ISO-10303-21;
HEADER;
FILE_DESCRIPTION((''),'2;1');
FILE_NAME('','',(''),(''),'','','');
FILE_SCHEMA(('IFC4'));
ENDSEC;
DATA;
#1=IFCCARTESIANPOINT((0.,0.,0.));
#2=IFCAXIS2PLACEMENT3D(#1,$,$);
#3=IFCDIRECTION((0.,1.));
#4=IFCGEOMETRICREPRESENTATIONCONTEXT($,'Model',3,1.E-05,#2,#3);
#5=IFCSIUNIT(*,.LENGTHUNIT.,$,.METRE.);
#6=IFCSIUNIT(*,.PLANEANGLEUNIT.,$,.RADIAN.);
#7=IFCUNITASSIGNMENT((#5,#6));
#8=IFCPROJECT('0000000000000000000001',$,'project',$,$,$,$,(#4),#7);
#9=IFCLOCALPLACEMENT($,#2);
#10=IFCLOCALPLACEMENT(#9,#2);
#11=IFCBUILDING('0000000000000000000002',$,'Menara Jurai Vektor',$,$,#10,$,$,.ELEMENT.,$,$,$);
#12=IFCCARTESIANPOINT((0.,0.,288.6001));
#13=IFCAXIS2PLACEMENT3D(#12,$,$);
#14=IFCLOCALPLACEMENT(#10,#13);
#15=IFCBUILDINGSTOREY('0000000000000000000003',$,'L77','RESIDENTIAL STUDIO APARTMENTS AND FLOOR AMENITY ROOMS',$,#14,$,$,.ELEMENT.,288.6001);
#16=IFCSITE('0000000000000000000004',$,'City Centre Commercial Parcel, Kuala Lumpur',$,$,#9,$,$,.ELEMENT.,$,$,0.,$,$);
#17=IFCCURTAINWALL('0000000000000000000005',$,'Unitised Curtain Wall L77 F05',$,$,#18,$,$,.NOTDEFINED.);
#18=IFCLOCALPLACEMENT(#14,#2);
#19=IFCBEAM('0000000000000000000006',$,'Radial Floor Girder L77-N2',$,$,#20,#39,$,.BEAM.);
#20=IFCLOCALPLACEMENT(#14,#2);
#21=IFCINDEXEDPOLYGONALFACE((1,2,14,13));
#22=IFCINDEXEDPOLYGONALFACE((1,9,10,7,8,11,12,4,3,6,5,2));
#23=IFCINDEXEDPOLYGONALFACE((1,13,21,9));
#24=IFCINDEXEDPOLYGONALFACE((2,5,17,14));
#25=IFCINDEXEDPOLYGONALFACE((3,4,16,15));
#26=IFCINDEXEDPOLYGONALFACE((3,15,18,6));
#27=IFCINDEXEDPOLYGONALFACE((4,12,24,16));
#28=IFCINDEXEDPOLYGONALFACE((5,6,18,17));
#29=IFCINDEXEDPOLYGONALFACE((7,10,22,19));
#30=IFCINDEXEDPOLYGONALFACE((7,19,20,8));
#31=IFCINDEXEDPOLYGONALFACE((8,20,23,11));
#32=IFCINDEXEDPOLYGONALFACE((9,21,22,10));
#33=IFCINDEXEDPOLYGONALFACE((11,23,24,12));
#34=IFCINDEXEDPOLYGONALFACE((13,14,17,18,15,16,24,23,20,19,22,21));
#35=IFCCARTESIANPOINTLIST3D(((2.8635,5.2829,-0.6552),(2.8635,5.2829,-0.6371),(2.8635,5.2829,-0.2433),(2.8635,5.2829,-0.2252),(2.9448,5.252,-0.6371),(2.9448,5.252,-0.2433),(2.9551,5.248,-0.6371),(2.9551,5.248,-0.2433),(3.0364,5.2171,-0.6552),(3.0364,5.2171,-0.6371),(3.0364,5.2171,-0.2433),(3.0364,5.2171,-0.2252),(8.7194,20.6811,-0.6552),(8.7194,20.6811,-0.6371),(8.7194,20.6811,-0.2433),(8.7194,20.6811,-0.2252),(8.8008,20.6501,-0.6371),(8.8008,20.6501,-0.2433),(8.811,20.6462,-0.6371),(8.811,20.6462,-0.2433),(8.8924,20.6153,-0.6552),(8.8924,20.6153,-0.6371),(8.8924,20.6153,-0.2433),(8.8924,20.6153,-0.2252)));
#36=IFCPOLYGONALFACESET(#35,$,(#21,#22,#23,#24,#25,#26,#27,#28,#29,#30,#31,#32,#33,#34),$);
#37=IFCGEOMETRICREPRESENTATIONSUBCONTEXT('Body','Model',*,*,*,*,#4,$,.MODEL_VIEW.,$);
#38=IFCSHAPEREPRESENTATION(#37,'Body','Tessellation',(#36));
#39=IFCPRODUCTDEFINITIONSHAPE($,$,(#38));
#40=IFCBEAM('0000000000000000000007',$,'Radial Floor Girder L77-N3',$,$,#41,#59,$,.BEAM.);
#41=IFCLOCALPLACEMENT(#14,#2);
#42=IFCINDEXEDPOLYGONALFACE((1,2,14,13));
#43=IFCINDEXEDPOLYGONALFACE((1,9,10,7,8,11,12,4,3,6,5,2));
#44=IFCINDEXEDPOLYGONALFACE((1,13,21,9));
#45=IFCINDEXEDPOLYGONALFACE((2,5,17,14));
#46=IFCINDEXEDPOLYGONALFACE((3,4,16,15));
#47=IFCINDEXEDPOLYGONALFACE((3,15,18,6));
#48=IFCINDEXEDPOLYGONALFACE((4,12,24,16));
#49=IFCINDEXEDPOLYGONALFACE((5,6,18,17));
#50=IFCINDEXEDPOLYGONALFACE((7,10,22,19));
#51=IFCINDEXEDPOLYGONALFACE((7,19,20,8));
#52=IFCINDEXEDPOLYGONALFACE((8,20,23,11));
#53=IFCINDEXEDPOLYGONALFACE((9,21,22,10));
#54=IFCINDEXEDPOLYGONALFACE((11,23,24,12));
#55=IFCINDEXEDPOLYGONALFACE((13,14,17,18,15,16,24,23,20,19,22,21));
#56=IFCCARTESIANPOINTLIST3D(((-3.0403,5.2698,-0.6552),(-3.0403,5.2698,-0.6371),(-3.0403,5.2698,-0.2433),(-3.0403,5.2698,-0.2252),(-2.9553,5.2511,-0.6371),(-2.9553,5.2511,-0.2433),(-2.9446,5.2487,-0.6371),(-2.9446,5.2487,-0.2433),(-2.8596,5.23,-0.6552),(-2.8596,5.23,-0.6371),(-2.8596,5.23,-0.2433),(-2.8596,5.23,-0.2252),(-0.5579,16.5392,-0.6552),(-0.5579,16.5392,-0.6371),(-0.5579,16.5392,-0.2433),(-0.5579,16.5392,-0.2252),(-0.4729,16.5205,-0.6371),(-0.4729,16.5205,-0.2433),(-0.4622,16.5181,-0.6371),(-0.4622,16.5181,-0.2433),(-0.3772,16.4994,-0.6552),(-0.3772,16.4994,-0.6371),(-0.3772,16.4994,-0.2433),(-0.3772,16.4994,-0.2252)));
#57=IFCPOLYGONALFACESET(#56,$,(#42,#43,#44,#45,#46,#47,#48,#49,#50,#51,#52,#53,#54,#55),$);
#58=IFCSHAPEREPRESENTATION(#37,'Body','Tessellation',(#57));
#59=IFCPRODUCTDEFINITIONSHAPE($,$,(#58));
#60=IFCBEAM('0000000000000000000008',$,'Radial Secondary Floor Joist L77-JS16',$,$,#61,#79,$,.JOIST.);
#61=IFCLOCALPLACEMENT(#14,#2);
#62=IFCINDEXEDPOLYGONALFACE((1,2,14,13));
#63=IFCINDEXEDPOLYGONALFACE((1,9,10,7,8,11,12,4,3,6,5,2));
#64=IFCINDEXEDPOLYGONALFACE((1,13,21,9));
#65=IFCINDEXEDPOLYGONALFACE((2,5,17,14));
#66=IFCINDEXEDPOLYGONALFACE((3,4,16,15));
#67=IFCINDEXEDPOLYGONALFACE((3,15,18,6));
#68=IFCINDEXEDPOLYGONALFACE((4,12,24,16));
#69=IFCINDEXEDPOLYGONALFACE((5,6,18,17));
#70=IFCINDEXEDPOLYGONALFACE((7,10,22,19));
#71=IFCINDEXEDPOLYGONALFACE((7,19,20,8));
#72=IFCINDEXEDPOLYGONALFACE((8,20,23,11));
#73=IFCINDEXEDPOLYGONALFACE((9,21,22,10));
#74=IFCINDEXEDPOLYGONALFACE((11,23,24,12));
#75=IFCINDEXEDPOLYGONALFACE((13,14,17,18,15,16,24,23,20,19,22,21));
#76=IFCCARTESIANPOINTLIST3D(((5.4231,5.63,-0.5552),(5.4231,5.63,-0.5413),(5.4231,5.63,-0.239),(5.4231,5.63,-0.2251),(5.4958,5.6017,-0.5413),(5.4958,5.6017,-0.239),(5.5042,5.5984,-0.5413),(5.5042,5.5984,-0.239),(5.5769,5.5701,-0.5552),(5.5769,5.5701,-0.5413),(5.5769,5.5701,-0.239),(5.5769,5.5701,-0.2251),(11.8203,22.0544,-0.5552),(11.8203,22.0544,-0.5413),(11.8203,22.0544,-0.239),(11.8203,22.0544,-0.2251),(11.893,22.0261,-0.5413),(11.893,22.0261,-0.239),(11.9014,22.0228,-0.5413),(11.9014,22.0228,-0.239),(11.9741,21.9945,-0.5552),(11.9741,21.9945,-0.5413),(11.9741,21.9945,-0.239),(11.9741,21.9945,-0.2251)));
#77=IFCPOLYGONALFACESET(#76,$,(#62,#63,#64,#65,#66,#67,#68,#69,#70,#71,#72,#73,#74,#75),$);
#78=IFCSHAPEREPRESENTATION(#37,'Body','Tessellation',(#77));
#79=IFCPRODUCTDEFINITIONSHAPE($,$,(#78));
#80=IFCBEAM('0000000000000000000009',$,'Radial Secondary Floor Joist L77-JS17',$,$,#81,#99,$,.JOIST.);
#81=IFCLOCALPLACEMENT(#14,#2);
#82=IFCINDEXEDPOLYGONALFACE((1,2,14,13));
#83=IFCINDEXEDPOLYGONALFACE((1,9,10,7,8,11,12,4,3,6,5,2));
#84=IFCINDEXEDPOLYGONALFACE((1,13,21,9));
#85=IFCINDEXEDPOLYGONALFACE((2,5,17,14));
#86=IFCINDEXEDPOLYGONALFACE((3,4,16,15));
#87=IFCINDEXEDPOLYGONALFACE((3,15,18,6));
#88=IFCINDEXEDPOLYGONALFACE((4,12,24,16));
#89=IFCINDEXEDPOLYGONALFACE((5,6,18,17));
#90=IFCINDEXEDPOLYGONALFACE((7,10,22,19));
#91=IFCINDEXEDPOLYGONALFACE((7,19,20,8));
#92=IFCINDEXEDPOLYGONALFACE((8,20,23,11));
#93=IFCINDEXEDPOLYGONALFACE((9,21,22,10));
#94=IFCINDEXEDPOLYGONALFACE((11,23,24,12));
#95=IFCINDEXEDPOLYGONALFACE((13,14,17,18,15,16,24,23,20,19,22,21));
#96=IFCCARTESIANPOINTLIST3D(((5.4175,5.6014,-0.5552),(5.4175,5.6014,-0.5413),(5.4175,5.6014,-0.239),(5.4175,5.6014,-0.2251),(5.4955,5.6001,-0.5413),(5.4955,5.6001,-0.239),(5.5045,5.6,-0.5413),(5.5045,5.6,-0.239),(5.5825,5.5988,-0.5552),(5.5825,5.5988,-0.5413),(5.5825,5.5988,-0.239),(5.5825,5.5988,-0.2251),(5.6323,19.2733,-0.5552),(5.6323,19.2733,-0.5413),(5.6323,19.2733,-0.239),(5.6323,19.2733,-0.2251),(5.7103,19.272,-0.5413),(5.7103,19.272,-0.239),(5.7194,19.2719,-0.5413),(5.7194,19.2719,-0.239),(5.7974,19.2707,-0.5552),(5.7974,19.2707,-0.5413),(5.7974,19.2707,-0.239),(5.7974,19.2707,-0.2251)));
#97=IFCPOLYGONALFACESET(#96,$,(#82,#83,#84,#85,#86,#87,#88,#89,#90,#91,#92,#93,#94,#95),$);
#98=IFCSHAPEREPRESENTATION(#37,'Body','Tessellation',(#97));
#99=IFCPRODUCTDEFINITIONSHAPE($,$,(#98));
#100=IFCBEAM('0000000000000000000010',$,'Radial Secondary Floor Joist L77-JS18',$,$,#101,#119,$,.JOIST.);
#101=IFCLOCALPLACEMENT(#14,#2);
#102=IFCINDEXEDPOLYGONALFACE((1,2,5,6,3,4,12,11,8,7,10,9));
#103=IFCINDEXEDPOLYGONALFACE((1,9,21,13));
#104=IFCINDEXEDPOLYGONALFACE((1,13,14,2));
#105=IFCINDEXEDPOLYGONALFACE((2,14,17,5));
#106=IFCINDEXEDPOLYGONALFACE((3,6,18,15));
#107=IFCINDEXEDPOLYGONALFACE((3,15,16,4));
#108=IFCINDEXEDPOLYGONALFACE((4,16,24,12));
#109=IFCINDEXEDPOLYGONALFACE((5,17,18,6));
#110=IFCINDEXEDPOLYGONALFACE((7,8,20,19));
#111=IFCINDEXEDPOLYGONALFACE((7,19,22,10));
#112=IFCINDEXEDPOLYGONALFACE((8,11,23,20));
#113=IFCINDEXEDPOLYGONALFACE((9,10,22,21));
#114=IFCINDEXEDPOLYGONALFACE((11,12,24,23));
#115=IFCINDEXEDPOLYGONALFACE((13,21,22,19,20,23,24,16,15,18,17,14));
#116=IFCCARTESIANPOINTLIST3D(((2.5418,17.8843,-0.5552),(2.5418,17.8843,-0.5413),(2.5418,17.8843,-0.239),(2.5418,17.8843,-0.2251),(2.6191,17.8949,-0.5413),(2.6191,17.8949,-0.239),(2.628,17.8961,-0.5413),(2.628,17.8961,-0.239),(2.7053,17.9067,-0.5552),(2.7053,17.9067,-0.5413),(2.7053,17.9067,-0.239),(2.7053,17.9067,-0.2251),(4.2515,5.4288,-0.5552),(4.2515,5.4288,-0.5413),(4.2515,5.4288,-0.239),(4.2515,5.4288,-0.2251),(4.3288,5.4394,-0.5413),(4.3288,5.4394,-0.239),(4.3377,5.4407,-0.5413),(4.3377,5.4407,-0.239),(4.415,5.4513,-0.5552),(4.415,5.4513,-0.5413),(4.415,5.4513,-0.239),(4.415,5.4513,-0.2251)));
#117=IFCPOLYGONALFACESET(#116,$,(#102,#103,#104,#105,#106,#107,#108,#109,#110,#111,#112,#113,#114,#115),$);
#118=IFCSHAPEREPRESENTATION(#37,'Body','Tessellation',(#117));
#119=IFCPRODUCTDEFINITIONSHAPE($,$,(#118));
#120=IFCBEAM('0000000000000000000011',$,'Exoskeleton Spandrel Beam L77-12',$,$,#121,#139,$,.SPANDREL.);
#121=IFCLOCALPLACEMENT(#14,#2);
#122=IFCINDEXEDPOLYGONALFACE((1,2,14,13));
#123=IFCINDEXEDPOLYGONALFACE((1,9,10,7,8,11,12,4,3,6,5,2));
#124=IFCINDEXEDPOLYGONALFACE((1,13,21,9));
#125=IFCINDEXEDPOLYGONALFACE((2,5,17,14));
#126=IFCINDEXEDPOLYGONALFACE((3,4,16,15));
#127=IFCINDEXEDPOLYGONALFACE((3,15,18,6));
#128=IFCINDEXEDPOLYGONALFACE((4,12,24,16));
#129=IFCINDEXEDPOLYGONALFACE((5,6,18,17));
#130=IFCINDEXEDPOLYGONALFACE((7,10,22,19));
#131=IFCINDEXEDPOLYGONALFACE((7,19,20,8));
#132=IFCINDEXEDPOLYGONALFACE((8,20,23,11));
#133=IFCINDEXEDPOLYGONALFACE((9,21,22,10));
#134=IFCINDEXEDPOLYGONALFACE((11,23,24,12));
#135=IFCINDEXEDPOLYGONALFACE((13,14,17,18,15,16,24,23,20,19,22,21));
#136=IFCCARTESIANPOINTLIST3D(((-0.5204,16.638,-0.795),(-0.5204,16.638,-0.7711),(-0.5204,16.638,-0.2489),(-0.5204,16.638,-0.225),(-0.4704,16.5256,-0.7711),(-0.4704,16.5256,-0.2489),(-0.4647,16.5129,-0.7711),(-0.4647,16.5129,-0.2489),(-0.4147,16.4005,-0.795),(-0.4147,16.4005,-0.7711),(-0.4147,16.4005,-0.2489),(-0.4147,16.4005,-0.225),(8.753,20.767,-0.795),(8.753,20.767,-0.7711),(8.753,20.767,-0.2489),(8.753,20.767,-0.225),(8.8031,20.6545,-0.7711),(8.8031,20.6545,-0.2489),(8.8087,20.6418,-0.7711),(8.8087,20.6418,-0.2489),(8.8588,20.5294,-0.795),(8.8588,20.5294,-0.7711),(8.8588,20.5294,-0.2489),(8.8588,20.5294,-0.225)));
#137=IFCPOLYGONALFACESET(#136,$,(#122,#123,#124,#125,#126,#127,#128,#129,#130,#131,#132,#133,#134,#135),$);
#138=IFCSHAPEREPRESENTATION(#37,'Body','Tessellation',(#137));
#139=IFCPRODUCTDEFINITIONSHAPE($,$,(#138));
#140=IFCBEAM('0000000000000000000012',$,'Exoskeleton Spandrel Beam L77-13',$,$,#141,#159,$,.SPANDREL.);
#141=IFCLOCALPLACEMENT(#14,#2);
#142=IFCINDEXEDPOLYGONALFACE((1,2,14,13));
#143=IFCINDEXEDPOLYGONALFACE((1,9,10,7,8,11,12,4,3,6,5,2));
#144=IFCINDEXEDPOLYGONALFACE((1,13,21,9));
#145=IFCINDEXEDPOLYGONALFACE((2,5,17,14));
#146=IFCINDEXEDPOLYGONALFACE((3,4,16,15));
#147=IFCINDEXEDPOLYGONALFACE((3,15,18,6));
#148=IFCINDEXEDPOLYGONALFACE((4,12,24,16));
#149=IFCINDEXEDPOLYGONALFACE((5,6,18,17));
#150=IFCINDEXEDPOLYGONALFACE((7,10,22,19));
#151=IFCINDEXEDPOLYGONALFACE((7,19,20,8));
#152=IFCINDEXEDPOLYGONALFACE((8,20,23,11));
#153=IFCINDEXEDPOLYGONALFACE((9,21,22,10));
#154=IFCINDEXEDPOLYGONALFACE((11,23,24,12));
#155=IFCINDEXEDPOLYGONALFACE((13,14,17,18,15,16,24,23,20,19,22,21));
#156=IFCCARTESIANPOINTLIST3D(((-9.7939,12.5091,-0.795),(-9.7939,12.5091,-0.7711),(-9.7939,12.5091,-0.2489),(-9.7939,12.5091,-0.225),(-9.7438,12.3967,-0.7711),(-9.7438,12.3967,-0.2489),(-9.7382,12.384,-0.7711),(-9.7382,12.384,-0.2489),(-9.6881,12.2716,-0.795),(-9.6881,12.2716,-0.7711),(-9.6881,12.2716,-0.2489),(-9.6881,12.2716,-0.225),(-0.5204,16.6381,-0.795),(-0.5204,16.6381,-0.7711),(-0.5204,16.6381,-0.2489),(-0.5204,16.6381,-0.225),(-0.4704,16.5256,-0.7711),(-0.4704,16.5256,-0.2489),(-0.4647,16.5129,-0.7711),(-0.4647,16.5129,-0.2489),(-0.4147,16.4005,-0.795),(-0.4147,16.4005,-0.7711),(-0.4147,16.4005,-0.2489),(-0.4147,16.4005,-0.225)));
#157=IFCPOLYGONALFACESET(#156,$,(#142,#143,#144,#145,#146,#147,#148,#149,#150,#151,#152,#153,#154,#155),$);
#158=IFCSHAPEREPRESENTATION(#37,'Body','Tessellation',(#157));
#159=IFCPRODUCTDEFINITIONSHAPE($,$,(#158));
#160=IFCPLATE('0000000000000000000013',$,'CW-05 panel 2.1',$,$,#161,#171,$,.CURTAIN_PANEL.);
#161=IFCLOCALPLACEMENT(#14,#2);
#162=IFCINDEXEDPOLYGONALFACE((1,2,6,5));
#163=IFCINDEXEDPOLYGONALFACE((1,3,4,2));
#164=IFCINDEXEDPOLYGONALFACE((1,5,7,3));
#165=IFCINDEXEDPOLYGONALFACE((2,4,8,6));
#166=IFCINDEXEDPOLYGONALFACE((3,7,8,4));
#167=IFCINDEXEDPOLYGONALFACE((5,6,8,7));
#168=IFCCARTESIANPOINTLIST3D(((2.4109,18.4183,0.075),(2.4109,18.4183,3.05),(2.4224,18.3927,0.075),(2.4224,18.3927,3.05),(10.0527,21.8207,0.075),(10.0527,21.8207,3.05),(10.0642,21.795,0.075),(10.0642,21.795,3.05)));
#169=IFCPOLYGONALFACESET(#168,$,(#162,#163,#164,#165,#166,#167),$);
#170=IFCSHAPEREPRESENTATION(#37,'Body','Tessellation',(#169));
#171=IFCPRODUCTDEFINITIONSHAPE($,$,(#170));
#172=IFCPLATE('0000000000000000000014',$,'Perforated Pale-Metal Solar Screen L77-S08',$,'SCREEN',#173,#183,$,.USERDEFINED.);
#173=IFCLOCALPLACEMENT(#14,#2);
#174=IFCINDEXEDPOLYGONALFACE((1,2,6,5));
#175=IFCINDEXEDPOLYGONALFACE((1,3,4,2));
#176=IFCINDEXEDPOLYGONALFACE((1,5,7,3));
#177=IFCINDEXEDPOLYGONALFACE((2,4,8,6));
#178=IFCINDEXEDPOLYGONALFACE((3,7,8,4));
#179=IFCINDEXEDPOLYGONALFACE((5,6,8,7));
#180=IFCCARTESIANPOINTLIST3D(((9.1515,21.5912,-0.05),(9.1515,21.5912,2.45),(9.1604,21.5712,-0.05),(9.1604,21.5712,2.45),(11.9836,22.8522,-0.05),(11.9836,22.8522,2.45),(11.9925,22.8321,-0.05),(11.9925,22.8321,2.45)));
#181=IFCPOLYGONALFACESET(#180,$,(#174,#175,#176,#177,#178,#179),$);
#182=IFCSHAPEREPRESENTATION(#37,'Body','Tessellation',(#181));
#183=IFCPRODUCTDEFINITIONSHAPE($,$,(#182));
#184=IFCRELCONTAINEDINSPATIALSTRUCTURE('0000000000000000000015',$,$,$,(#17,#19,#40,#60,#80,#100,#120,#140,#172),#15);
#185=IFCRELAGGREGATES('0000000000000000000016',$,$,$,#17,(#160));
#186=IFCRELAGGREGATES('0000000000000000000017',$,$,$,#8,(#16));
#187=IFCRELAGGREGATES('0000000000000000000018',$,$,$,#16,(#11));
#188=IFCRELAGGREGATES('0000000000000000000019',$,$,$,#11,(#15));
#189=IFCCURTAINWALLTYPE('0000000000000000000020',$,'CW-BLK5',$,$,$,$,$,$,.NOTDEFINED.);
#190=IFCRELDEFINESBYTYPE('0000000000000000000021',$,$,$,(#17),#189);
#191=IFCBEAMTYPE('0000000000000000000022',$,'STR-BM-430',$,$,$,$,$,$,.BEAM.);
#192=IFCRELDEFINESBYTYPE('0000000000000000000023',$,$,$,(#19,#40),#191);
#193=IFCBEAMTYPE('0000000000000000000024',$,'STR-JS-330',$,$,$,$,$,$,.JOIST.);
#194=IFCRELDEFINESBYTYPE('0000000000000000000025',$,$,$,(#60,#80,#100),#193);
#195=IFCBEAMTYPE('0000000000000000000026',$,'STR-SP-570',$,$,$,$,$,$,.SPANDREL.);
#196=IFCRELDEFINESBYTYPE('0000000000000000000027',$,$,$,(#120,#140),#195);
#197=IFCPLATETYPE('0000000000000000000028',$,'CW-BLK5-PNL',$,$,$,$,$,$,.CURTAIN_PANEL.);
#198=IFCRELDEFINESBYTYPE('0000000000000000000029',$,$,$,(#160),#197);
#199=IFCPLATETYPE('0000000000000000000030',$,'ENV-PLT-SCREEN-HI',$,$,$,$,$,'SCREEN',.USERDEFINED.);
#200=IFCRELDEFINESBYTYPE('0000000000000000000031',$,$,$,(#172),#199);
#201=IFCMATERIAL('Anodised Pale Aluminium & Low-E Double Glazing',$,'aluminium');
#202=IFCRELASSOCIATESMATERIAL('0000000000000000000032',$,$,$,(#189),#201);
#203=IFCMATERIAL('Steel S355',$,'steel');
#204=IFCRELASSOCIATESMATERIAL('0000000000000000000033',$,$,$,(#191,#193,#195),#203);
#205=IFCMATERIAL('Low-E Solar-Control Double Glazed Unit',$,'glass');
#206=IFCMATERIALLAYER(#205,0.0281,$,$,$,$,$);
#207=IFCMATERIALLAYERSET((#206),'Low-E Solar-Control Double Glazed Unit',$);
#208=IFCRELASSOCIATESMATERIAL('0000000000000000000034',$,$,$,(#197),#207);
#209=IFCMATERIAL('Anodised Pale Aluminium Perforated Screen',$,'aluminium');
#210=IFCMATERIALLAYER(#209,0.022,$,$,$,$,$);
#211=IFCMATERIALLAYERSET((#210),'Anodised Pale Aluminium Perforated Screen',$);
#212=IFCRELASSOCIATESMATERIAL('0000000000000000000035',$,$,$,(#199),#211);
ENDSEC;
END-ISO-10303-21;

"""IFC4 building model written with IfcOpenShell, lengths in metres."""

from ifc_helpers import new_model, si_unit, direction, frame, origin, origin_2d, place, context, subcontext, project, spatial, rectangle, i_section, extrude, material, layer, layer_set, material_profile, profile_set, type_object, element, aggregate, save


model = new_model("IFC4")

# Units and contexts
model_context = context("Model", 3, precision=1e-05, world=origin(), true_north=direction((0.0, 1.0)))
body_context = subcontext(model_context, "Body", "Model", "MODEL_VIEW")
ifc_project = project(units=[si_unit("LENGTHUNIT", "METRE"), si_unit("PLANEANGLEUNIT", "RADIAN")], contexts=[model_context])

# Site, building, storey
site_placement = place(None, origin())
site = spatial("IfcSite", under=ifc_project, at=site_placement, Name="City Centre Commercial Parcel, Kuala Lumpur", CompositionType="ELEMENT", RefElevation=0.0)
building_placement = place(site_placement, origin())
building = spatial("IfcBuilding", under=site, at=building_placement, Name="Menara Jurai Vektor", CompositionType="ELEMENT")
storey_placement = place(building_placement, frame((0.0, 0.0, 288.6001)))
storey = spatial("IfcBuildingStorey", under=building, at=storey_placement, Name="L77", Description="RESIDENTIAL STUDIO APARTMENTS AND FLOOR AMENITY ROOMS", CompositionType="ELEMENT", Elevation=288.6001)

# Curtain wall
ifc_material_1 = material(Name="Anodised Pale Aluminium & Low-E Double Glazing", Category="aluminium")
curtain_wall_type = type_object("IfcCurtainWallType", Name="CW-BLK5", PredefinedType="NOTDEFINED", material=ifc_material_1)
curtain_wall_placement = place(storey_placement, origin())
curtain_wall = element("IfcCurtainWall", 1, at=curtain_wall_placement, inside=storey, type_object=curtain_wall_type, Name="Unitised Curtain Wall L77 F05", PredefinedType="NOTDEFINED")

# Beams
ifc_material_2 = material(Name="Steel S355", Category="steel")
ifc_material_profile_1 = material_profile(ifc_material_2, i_section(OverallWidth=0.1851, OverallDepth=0.4299, WebThickness=0.011, FlangeThickness=0.0181, at=origin_2d()), Name="PG 430x185x76")
ifc_profile_set_1 = profile_set([ifc_material_profile_1], Name="Steel S355")
beam_type_1 = type_object("IfcBeamType", Name="STR-BM-430", PredefinedType="BEAM", material=ifc_profile_set_1)
beam_1_placement = place(storey_placement, frame((8.8059, 20.6482, -0.4402), z_axis=(-0.355464, -0.93469, 0.0), x_axis=(0.93469, -0.355464, 0.0)))
element("IfcBeam", 2, at=beam_1_placement, inside=storey, type_object=beam_type_1, Name="Radial Floor Girder L77-N2", PredefinedType="BEAM", context=body_context, shape_type="SweptSolid", body=[
    extrude(i_section(OverallWidth=0.1851, OverallDepth=0.4299, WebThickness=0.011, FlangeThickness=0.0181, at=origin_2d()), origin(), (0.0, 0.0, 1.0), 16.4741),
])
beam_2_placement = place(storey_placement, frame((-0.4675, 16.5193, -0.4402), z_axis=(-0.215125, -0.976587, 0.0), x_axis=(0.976587, -0.215125, 0.0)))
element("IfcBeam", 3, at=beam_2_placement, inside=storey, type_object=beam_type_1, Name="Radial Floor Girder L77-N3", PredefinedType="BEAM", context=body_context, shape_type="SweptSolid", body=[
    extrude(i_section(OverallWidth=0.1851, OverallDepth=0.4299, WebThickness=0.011, FlangeThickness=0.0181, at=origin_2d()), origin(), (0.0, 0.0, 1.0), 11.5396),
])
ifc_material_profile_2 = material_profile(ifc_material_2, i_section(OverallWidth=0.165, OverallDepth=0.3301, WebThickness=0.009, FlangeThickness=0.0139, at=origin_2d()), Name="PG 330x165x46")
ifc_profile_set_2 = profile_set([ifc_material_profile_2], Name="Steel S355")
beam_type_2 = type_object("IfcBeamType", Name="STR-JS-330", PredefinedType="JOIST", material=ifc_profile_set_2)
beam_3_placement = place(storey_placement, frame((11.8972, 22.0244, -0.3901), z_axis=(-0.362938, -0.931813, 0.0), x_axis=(0.931813, -0.362938, 0.0)))
element("IfcBeam", 4, at=beam_3_placement, inside=storey, type_object=beam_type_2, Name="Radial Secondary Floor Joist L77-JS16", PredefinedType="JOIST", context=body_context, shape_type="SweptSolid", body=[
    extrude(i_section(OverallWidth=0.165, OverallDepth=0.3301, WebThickness=0.009, FlangeThickness=0.0139, at=origin_2d()), origin(), (0.0, 0.0, 1.0), 17.6262),
])
beam_4_placement = place(storey_placement, frame((5.7148, 19.272, -0.3901), z_axis=(-0.015712, -0.999877, 0.0), x_axis=(0.999877, -0.015712, 0.0)))
element("IfcBeam", 5, at=beam_4_placement, inside=storey, type_object=beam_type_2, Name="Radial Secondary Floor Joist L77-JS17", PredefinedType="JOIST", context=body_context, shape_type="SweptSolid", body=[
    extrude(i_section(OverallWidth=0.165, OverallDepth=0.3301, WebThickness=0.009, FlangeThickness=0.0139, at=origin_2d()), origin(), (0.0, 0.0, 1.0), 13.6736),
])
beam_5_placement = place(storey_placement, frame((2.6235, 17.8955, -0.3901), z_axis=(0.13599, -0.99071, 0.0), x_axis=(0.99071, 0.13599, 0.0)))
element("IfcBeam", 6, at=beam_5_placement, inside=storey, type_object=beam_type_2, Name="Radial Secondary Floor Joist L77-JS18", PredefinedType="JOIST", context=body_context, shape_type="SweptSolid", body=[
    extrude(i_section(OverallWidth=0.165, OverallDepth=0.3301, WebThickness=0.009, FlangeThickness=0.0139, at=origin_2d()), origin(), (0.0, 0.0, 1.0), 12.5723),
])
ifc_material_profile_3 = material_profile(ifc_material_2, i_section(OverallWidth=0.26, OverallDepth=0.5701, WebThickness=0.0139, FlangeThickness=0.0239, at=origin_2d()), Name="PG 570x260x145")
ifc_profile_set_3 = profile_set([ifc_material_profile_3], Name="Steel S355")
beam_type_3 = type_object("IfcBeamType", Name="STR-SP-570", PredefinedType="SPANDREL", material=ifc_profile_set_3)
for number, where, z_axis, x_axis, name in (
    (7, (8.8059, 20.6482, -0.51), (-0.913542, -0.406745, 0.0), (0.406745, -0.913542, 0.0), "Exoskeleton Spandrel Beam L77-12"),
    (8, (-0.4675, 16.5193, -0.51), (-0.913542, -0.406745, 0.0), (0.406745, -0.913542, 0.0), "Exoskeleton Spandrel Beam L77-13"),
):
    element("IfcBeam", number, at=place(storey_placement, frame(where, z_axis=z_axis, x_axis=x_axis)), inside=storey, type_object=beam_type_3, Name=name, PredefinedType="SPANDREL", context=body_context, shape_type="SweptSolid", body=[
        extrude(i_section(OverallWidth=0.26, OverallDepth=0.5701, WebThickness=0.0139, FlangeThickness=0.0239, at=origin_2d()), origin(), (0.0, 0.0, 1.0), 10.1511),
    ])

# Plates
ifc_material_3 = material(Name="Low-E Solar-Control Double Glazed Unit", Category="glass")
ifc_layer_1 = layer(ifc_material_3, 0.0281)
ifc_layer_set_1 = layer_set([ifc_layer_1], Name="Low-E Solar-Control Double Glazed Unit")
plate_type_1 = type_object("IfcPlateType", Name="CW-BLK5-PNL", PredefinedType="CURTAIN_PANEL", material=ifc_layer_set_1)
plate_1_placement = place(storey_placement, frame((6.2375, 20.1067, 0.075), z_axis=(0.0, 0.0, 1.0), x_axis=(-0.913546, -0.406735, 0.0)))
plate_1 = element("IfcPlate", 9, at=plate_1_placement, type_object=plate_type_1, Name="CW-05 panel 2.1", PredefinedType="CURTAIN_PANEL", context=body_context, shape_type="SweptSolid", body=[
    extrude(rectangle(XDim=8.365, YDim=0.0281, at=origin_2d()), origin(), (0.0, 0.0, 1.0), 2.9751),
])
aggregate(curtain_wall, [plate_1])
ifc_material_4 = material(Name="Anodised Pale Aluminium Perforated Screen", Category="aluminium")
ifc_layer_2 = layer(ifc_material_4, 0.022)
ifc_layer_set_2 = layer_set([ifc_layer_2], Name="Anodised Pale Aluminium Perforated Screen")
plate_type_2 = type_object("IfcPlateType", Name="ENV-PLT-SCREEN-HI", ElementType="SCREEN", PredefinedType="USERDEFINED", material=ifc_layer_set_2)
plate_2_placement = place(storey_placement, frame((10.572, 22.2117, -0.05), z_axis=(0.0, 0.0, 1.0), x_axis=(-0.913545, -0.406737, 0.0)))
element("IfcPlate", 10, at=plate_2_placement, inside=storey, type_object=plate_type_2, Name="Perforated Pale-Metal Solar Screen L77-S08", ObjectType="SCREEN", PredefinedType="USERDEFINED", context=body_context, shape_type="SweptSolid", body=[
    extrude(rectangle(XDim=3.1001, YDim=0.022, at=origin_2d()), origin(), (0.0, 0.0, 1.0), 2.5),
])

save(model, "model.ifc")
